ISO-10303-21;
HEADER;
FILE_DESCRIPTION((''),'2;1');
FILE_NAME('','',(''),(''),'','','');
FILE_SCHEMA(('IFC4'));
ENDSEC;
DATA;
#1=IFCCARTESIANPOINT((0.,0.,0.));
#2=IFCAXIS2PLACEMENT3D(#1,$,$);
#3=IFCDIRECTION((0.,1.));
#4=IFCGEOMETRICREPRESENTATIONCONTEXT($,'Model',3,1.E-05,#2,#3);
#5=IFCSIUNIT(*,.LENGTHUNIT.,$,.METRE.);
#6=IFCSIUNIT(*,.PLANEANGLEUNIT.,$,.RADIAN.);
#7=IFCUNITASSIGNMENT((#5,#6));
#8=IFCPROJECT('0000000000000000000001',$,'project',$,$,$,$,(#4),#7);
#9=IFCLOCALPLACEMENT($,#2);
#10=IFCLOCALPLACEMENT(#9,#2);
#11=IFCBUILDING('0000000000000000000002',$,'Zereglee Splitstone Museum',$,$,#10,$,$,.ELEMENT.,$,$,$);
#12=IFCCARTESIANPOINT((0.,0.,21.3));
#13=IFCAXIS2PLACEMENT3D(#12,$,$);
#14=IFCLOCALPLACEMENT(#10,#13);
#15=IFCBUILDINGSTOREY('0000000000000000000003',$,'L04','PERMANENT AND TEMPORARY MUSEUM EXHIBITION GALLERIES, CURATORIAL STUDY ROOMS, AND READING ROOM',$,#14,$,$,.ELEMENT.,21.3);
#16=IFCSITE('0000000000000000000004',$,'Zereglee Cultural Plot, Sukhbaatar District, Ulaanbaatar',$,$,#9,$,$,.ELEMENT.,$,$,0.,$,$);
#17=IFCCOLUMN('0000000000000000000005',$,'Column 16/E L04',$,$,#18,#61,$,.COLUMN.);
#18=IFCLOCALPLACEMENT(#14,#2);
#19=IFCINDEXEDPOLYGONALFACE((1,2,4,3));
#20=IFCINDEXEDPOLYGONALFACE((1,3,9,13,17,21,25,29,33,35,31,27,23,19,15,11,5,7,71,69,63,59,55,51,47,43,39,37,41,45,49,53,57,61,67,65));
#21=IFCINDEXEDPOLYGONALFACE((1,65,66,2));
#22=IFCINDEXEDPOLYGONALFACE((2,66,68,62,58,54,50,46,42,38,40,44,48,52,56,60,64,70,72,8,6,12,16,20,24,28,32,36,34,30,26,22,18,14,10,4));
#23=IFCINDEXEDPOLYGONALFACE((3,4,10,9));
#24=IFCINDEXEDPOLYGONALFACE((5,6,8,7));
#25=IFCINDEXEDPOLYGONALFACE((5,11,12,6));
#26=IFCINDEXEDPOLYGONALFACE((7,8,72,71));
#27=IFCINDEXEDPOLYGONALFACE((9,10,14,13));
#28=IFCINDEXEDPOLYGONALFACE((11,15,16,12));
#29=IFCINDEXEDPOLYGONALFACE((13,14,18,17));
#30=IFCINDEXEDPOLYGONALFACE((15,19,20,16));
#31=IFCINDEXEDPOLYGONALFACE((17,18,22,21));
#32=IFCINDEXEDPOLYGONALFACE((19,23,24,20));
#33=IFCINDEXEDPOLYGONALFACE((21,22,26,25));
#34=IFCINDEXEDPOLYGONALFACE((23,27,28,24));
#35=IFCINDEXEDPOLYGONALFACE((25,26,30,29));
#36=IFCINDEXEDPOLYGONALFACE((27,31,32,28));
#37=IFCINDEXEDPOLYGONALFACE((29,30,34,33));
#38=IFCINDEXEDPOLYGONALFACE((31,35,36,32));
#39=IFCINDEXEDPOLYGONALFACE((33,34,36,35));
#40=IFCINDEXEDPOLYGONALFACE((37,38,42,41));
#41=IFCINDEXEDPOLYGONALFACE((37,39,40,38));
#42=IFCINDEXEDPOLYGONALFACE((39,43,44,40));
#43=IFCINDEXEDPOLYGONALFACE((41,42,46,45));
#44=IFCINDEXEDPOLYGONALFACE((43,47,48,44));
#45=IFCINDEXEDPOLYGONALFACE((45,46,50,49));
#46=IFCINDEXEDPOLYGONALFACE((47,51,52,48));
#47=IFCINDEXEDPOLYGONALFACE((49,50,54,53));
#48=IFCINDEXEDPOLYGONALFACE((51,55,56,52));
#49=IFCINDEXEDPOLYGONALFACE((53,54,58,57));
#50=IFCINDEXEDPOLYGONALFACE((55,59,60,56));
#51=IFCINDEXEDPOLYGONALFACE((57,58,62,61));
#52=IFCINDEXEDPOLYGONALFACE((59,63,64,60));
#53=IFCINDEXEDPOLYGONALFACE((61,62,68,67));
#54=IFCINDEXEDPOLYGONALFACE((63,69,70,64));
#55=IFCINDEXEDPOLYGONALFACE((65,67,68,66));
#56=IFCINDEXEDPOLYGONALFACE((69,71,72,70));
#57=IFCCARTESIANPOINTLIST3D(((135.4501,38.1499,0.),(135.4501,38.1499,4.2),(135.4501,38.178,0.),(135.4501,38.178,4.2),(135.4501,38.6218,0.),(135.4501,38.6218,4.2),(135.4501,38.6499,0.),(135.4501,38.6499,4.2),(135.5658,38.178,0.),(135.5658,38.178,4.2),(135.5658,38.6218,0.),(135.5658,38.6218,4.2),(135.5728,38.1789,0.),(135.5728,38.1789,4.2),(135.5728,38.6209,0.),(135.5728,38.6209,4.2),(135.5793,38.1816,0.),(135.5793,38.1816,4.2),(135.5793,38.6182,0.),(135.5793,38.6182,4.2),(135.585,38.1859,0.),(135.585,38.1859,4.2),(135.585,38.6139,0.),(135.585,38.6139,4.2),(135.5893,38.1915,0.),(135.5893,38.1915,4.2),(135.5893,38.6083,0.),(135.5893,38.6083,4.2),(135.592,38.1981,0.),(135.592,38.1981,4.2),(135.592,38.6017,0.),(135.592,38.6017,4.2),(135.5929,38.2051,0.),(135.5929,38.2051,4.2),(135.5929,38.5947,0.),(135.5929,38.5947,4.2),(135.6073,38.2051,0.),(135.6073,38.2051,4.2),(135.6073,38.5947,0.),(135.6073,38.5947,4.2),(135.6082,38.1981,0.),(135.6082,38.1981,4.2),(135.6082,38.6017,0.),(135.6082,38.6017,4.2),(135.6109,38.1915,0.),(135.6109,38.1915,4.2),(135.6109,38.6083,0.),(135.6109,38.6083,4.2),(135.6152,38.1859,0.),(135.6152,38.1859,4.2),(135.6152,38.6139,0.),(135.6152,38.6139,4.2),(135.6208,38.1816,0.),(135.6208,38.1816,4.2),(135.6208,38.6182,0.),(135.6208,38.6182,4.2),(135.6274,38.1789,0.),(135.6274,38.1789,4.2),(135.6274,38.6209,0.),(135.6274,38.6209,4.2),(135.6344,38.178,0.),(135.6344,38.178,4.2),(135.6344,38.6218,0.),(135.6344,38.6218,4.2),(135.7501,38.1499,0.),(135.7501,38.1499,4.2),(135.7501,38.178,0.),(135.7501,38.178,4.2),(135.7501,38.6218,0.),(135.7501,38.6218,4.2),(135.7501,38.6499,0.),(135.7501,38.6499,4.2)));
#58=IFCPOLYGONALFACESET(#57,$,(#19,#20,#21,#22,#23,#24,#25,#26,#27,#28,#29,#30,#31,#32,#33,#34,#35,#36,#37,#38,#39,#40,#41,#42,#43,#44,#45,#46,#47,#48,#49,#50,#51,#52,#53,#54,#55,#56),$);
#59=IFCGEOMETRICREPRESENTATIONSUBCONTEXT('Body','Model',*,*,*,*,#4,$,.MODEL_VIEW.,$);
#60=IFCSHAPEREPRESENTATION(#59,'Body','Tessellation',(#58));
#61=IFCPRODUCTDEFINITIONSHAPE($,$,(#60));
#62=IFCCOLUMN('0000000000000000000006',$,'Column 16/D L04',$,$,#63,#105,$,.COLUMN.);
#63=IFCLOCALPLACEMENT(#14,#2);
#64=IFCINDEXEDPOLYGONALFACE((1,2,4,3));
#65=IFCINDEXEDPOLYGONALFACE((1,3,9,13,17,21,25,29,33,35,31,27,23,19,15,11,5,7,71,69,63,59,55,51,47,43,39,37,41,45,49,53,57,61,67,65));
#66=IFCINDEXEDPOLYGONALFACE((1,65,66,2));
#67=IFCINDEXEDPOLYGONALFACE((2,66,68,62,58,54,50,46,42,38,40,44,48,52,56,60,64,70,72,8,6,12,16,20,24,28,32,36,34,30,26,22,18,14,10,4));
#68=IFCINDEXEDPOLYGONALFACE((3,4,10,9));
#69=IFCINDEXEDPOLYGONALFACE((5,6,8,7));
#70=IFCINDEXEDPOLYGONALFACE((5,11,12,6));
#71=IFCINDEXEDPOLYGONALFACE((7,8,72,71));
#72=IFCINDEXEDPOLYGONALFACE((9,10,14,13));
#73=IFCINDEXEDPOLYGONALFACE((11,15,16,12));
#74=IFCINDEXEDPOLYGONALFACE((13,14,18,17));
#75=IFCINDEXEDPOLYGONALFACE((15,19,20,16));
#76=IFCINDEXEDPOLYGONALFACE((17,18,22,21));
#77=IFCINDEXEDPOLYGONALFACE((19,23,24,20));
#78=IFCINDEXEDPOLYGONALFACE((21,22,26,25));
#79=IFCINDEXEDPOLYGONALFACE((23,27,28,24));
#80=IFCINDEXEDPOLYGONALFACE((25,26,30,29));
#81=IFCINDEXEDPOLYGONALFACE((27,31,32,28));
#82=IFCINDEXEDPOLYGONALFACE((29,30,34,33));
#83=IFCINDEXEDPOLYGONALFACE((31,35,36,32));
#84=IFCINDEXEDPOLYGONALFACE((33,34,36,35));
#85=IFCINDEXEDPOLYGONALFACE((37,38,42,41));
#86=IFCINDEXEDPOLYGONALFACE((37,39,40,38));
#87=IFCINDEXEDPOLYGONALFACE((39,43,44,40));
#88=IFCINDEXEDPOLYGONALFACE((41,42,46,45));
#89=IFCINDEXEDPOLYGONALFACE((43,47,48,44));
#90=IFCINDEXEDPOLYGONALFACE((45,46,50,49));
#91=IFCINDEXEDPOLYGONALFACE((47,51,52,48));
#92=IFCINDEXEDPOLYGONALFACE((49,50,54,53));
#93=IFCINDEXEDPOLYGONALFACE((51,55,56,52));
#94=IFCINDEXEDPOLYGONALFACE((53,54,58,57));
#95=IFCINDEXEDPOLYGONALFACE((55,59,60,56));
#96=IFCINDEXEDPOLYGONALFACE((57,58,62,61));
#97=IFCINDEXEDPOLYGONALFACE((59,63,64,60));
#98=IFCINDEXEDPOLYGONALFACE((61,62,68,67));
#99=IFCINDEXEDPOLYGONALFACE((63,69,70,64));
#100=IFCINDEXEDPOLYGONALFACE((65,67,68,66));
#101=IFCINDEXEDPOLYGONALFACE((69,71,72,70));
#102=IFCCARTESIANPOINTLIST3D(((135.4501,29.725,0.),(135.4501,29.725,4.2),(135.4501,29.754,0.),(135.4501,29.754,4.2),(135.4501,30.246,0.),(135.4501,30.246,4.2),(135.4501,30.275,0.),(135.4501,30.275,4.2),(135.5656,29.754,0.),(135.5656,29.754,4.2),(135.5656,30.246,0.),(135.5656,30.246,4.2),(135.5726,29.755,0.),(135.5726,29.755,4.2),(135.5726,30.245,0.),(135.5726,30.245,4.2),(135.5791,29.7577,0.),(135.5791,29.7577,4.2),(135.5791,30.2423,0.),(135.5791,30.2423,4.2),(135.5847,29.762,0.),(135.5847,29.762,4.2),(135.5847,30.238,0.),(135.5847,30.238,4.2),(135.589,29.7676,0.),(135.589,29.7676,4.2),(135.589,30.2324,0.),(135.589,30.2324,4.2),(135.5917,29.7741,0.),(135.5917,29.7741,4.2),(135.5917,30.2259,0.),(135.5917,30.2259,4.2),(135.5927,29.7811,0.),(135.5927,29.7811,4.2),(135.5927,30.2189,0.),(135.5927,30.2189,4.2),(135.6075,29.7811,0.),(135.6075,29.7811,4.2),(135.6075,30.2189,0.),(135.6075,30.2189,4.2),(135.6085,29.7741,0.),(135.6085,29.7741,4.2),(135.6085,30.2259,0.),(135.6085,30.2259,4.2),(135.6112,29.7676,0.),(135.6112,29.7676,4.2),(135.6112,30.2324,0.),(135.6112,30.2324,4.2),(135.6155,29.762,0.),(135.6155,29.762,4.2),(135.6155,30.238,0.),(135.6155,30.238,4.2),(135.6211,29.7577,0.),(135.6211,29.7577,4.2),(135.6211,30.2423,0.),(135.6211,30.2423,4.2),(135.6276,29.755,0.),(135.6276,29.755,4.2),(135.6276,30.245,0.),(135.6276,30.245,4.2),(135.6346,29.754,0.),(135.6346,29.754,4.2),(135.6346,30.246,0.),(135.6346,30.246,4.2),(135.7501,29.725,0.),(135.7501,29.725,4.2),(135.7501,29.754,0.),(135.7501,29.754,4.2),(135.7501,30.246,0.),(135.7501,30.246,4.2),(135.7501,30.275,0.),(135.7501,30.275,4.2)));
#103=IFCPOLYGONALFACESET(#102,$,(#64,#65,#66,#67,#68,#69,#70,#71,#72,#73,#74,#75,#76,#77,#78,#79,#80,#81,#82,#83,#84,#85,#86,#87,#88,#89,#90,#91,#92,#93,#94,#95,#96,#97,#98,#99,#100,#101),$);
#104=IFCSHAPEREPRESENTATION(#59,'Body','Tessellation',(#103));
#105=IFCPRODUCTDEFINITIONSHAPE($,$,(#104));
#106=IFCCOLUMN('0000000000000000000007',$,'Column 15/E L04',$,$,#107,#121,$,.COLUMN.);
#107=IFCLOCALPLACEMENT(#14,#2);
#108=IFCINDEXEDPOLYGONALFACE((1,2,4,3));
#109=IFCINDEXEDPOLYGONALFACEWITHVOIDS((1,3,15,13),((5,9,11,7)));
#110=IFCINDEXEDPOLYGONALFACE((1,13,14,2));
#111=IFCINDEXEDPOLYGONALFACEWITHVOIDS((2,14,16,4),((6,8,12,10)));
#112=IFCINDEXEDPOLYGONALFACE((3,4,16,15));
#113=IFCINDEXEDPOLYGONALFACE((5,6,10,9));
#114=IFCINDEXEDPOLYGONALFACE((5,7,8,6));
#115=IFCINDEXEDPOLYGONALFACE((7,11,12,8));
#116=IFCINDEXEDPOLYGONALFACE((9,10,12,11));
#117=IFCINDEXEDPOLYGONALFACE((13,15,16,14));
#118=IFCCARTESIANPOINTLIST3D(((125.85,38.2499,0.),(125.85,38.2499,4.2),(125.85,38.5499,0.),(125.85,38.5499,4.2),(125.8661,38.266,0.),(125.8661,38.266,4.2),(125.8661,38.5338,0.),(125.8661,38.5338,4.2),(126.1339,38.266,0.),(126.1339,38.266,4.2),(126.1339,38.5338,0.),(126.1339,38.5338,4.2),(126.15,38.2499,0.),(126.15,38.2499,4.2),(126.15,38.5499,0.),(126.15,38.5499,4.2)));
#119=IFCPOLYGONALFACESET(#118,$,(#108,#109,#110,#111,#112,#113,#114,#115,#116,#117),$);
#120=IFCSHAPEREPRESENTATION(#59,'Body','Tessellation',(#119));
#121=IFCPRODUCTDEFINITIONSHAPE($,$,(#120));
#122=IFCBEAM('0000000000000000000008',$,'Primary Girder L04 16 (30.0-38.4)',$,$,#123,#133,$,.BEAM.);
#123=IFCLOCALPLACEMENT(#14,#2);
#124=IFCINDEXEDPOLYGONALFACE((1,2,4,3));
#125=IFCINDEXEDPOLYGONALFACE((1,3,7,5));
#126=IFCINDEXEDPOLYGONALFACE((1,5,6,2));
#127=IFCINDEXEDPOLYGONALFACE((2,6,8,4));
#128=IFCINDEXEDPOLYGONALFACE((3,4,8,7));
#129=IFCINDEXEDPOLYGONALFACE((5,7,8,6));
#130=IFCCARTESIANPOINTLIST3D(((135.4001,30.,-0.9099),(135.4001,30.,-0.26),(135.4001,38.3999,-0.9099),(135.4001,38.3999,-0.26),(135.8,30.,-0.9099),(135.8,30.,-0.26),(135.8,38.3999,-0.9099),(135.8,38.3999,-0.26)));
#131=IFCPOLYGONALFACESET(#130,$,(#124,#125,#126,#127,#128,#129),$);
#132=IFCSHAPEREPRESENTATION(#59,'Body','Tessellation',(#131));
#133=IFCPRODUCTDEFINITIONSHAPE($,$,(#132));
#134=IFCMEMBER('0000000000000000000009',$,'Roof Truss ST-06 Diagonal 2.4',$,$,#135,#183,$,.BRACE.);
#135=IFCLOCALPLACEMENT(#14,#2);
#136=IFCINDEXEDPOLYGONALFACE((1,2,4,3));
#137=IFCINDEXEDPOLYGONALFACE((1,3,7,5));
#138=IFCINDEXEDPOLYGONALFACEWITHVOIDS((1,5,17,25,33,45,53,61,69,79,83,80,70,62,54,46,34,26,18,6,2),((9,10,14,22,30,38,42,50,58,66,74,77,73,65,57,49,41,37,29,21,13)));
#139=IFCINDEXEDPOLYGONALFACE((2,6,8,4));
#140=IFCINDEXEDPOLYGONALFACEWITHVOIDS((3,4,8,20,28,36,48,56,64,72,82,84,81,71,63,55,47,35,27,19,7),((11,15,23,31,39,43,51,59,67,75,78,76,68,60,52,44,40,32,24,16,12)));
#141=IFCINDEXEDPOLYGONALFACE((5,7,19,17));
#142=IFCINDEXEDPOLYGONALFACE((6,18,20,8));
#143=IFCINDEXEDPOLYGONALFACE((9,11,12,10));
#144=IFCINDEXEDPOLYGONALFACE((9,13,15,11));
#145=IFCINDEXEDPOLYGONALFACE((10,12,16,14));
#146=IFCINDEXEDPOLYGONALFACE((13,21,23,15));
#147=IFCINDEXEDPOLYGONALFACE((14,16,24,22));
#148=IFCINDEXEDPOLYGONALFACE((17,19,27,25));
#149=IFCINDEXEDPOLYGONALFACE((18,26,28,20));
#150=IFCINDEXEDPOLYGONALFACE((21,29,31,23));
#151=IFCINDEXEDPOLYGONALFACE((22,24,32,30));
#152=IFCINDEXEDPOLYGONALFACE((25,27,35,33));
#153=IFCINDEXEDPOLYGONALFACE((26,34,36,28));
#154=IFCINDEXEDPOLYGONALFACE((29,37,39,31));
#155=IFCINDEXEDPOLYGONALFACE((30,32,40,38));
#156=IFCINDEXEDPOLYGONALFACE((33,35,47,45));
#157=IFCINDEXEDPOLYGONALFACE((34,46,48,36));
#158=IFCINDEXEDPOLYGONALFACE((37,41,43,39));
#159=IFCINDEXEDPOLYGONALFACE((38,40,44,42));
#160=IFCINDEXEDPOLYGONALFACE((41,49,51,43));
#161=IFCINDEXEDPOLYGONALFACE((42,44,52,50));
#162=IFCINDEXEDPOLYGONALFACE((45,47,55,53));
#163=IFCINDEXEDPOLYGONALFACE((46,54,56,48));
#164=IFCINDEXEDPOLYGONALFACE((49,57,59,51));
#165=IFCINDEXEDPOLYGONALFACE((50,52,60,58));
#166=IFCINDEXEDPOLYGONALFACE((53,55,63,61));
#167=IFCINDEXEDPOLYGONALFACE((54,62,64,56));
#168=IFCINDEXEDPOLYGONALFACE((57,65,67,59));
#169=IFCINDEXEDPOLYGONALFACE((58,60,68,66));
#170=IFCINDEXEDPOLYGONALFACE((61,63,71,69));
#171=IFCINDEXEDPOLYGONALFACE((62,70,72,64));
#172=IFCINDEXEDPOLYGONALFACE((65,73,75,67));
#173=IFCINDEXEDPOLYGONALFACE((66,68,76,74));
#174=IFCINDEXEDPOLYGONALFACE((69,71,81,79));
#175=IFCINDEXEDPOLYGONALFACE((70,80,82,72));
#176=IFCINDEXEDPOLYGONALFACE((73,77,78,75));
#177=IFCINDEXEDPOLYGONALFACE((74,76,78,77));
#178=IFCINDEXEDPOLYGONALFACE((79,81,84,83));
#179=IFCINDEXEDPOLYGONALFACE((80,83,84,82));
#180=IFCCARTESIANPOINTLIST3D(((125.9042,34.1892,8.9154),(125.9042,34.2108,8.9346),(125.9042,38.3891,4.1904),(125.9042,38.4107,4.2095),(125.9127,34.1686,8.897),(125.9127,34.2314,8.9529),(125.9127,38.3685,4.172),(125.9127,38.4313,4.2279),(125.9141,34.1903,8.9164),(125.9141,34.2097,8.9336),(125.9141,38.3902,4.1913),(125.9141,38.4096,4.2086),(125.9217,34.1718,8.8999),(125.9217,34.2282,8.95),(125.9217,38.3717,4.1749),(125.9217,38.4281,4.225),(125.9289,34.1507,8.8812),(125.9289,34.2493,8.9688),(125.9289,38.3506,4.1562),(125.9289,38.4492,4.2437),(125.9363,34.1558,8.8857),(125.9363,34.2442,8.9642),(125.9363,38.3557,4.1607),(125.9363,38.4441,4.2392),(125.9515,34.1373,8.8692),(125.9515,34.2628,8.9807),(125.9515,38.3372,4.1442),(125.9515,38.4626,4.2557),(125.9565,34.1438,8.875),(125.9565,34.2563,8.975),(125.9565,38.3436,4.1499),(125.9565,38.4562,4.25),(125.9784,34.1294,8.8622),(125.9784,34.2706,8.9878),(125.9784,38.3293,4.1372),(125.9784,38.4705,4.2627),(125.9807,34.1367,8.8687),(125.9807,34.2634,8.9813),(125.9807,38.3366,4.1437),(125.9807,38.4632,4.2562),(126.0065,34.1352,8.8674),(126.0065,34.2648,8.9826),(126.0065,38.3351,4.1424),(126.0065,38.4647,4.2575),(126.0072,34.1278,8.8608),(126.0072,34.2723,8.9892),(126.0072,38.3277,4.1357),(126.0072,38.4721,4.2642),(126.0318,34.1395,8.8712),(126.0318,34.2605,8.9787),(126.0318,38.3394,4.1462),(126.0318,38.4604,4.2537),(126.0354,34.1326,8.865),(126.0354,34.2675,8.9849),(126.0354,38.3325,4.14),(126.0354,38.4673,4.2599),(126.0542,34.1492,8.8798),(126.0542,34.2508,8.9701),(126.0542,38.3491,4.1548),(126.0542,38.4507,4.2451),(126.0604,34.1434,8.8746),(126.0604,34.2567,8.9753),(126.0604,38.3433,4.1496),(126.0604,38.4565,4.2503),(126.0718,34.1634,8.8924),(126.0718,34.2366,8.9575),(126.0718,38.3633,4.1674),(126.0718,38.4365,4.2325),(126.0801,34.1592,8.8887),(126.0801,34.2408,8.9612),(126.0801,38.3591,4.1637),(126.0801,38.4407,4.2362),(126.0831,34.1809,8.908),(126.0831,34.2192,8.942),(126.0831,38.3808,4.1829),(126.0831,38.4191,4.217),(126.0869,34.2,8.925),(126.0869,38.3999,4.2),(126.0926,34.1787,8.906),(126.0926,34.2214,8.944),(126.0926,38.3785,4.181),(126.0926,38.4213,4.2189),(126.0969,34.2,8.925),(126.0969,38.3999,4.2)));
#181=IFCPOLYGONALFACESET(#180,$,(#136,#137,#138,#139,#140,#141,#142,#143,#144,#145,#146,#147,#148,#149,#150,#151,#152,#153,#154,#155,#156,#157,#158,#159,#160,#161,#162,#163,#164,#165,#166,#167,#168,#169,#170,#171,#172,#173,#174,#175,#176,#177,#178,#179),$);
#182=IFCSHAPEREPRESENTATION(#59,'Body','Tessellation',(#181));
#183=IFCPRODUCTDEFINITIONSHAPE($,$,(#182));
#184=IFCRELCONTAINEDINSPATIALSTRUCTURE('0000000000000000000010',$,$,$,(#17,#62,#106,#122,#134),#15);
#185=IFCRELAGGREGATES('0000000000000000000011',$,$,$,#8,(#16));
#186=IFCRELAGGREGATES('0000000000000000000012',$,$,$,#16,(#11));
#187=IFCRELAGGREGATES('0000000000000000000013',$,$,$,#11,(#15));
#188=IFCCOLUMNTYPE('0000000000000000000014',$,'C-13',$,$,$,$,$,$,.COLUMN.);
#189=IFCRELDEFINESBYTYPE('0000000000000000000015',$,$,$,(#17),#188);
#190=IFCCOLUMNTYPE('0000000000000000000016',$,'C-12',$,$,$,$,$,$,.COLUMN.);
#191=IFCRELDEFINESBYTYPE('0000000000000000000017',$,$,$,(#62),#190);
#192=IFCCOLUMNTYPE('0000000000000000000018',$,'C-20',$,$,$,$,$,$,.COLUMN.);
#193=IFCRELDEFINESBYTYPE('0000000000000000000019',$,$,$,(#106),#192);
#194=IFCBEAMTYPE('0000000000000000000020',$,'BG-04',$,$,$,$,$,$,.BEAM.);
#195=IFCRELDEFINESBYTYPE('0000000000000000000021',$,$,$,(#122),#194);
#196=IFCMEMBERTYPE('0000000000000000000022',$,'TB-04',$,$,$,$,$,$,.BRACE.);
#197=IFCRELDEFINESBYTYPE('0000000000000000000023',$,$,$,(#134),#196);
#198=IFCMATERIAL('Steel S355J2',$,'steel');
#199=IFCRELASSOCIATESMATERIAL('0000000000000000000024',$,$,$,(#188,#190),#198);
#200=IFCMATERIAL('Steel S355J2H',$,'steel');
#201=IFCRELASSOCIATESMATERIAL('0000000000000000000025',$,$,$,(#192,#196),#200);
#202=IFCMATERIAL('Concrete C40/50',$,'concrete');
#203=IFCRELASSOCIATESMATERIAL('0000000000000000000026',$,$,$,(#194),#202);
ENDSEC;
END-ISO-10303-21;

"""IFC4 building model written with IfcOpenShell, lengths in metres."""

from ifc_helpers import new_model, si_unit, direction, frame, origin, origin_2d, place, context, subcontext, project, spatial, rectangle, hollow_rectangle, hollow_circle, i_section, extrude, material, material_profile, profile_set, type_object, element, save


model = new_model("IFC4")

# Units and contexts
model_context = context("Model", 3, precision=1e-05, world=origin(), true_north=direction((0.0, 1.0)))
body_context = subcontext(model_context, "Body", "Model", "MODEL_VIEW")
ifc_project = project(units=[si_unit("LENGTHUNIT", "METRE"), si_unit("PLANEANGLEUNIT", "RADIAN")], contexts=[model_context])

# Site, building, storey
site_placement = place(None, origin())
site = spatial("IfcSite", under=ifc_project, at=site_placement, Name="Zereglee Cultural Plot, Sukhbaatar District, Ulaanbaatar", CompositionType="ELEMENT", RefElevation=0.0)
building_placement = place(site_placement, origin())
building = spatial("IfcBuilding", under=site, at=building_placement, Name="Zereglee Splitstone Museum", CompositionType="ELEMENT")
storey_placement = place(building_placement, frame((0.0, 0.0, 21.3)))
storey = spatial("IfcBuildingStorey", under=building, at=storey_placement, Name="L04", Description="PERMANENT AND TEMPORARY MUSEUM EXHIBITION GALLERIES, CURATORIAL STUDY ROOMS, AND READING ROOM", CompositionType="ELEMENT", Elevation=21.3)

# Columns
ifc_material_1 = material(Name="Steel S355J2", Category="steel")
ifc_material_profile_1 = material_profile(ifc_material_1, i_section(OverallWidth=0.3, OverallDepth=0.5, WebThickness=0.0144, FlangeThickness=0.0281, FilletRadius=0.0271, at=origin_2d()), Name="HE 500 B")
ifc_profile_set_1 = profile_set([ifc_material_profile_1], Name="Steel S355J2")
column_type_1 = type_object("IfcColumnType", Name="C-13", PredefinedType="COLUMN", material=ifc_profile_set_1)
column_1_placement = place(storey_placement, frame((135.6001, 38.3999, 0.0), z_axis=(0.0, 0.0, 1.0), x_axis=(1.0, 0.0, 0.0)))
element("IfcColumn", 1, at=column_1_placement, inside=storey, type_object=column_type_1, Name="Column 16/E L04", PredefinedType="COLUMN", context=body_context, shape_type="SweptSolid", body=[
    extrude(i_section(OverallWidth=0.3, OverallDepth=0.5, WebThickness=0.0144, FlangeThickness=0.0281, FilletRadius=0.0271, at=origin_2d()), origin(), (0.0, 0.0, 1.0), 4.2),
])
ifc_material_profile_2 = material_profile(ifc_material_1, i_section(OverallWidth=0.3, OverallDepth=0.55, WebThickness=0.0149, FlangeThickness=0.0291, FilletRadius=0.0271, at=origin_2d()), Name="HE 550 B")
ifc_profile_set_2 = profile_set([ifc_material_profile_2], Name="Steel S355J2")
column_type_2 = type_object("IfcColumnType", Name="C-12", PredefinedType="COLUMN", material=ifc_profile_set_2)
column_2_placement = place(storey_placement, frame((135.6001, 30.0, 0.0), z_axis=(0.0, 0.0, 1.0), x_axis=(1.0, 0.0, 0.0)))
element("IfcColumn", 2, at=column_2_placement, inside=storey, type_object=column_type_2, Name="Column 16/D L04", PredefinedType="COLUMN", context=body_context, shape_type="SweptSolid", body=[
    extrude(i_section(OverallWidth=0.3, OverallDepth=0.55, WebThickness=0.0149, FlangeThickness=0.0291, FilletRadius=0.0271, at=origin_2d()), origin(), (0.0, 0.0, 1.0), 4.2),
])
ifc_material_2 = material(Name="Steel S355J2H", Category="steel")
ifc_material_profile_3 = material_profile(ifc_material_2, hollow_rectangle(XDim=0.3, YDim=0.3, WallThickness=0.0161, at=origin_2d()), Name="SHS 300x300x16")
ifc_profile_set_3 = profile_set([ifc_material_profile_3], Name="Steel S355J2H")
column_type_3 = type_object("IfcColumnType", Name="C-20", PredefinedType="COLUMN", material=ifc_profile_set_3)
column_3_placement = place(storey_placement, frame((126.0, 38.3999, 0.0), z_axis=(0.0, 0.0, 1.0), x_axis=(1.0, 0.0, 0.0)))
element("IfcColumn", 3, at=column_3_placement, inside=storey, type_object=column_type_3, Name="Column 15/E L04", PredefinedType="COLUMN", context=body_context, shape_type="SweptSolid", body=[
    extrude(hollow_rectangle(XDim=0.3, YDim=0.3, WallThickness=0.0161, at=origin_2d()), origin(), (0.0, 0.0, 1.0), 4.2),
])

# Beam
ifc_material_3 = material(Name="Concrete C40/50", Category="concrete")
ifc_material_profile_4 = material_profile(ifc_material_3, rectangle(XDim=0.3999, YDim=0.6499, at=origin_2d()), Name="RC 400x650")
ifc_profile_set_4 = profile_set([ifc_material_profile_4], Name="Concrete C40/50")
beam_type_1 = type_object("IfcBeamType", Name="BG-04", PredefinedType="BEAM", material=ifc_profile_set_4)
beam_1_placement = place(storey_placement, frame((135.6001, 30.0, -0.585), z_axis=(0.0, 1.0, 0.0), x_axis=(-1.0, 0.0, 0.0)))
element("IfcBeam", 4, at=beam_1_placement, inside=storey, type_object=beam_type_1, Name="Primary Girder L04 16 (30.0-38.4)", PredefinedType="BEAM", context=body_context, shape_type="SweptSolid", body=[
    extrude(rectangle(XDim=0.3999, YDim=0.6499, at=origin_2d()), origin(), (0.0, 0.0, 1.0), 8.3999),
])

# Member
ifc_material_profile_5 = material_profile(ifc_material_2, hollow_circle(Radius=0.0969, WallThickness=0.01, at=origin_2d()), Name="CHS 193.7x10")
ifc_profile_set_5 = profile_set([ifc_material_profile_5], Name="Steel S355J2H")
member_type_1 = type_object("IfcMemberType", Name="TB-04", PredefinedType="BRACE", material=ifc_profile_set_5)
member_1_placement = place(storey_placement, frame((126.0, 38.3999, 4.2), z_axis=(0.0, -0.664352, 0.74742), x_axis=(1.0, 0.0, 0.0)))
element("IfcMember", 5, at=member_1_placement, inside=storey, type_object=member_type_1, Name="Roof Truss ST-06 Diagonal 2.4", PredefinedType="BRACE", context=body_context, shape_type="SweptSolid", body=[
    extrude(hollow_circle(Radius=0.0969, WallThickness=0.01, at=origin_2d()), origin(), (0.0, 0.0, 1.0), 6.3218),
])

save(model, "model.ifc")
